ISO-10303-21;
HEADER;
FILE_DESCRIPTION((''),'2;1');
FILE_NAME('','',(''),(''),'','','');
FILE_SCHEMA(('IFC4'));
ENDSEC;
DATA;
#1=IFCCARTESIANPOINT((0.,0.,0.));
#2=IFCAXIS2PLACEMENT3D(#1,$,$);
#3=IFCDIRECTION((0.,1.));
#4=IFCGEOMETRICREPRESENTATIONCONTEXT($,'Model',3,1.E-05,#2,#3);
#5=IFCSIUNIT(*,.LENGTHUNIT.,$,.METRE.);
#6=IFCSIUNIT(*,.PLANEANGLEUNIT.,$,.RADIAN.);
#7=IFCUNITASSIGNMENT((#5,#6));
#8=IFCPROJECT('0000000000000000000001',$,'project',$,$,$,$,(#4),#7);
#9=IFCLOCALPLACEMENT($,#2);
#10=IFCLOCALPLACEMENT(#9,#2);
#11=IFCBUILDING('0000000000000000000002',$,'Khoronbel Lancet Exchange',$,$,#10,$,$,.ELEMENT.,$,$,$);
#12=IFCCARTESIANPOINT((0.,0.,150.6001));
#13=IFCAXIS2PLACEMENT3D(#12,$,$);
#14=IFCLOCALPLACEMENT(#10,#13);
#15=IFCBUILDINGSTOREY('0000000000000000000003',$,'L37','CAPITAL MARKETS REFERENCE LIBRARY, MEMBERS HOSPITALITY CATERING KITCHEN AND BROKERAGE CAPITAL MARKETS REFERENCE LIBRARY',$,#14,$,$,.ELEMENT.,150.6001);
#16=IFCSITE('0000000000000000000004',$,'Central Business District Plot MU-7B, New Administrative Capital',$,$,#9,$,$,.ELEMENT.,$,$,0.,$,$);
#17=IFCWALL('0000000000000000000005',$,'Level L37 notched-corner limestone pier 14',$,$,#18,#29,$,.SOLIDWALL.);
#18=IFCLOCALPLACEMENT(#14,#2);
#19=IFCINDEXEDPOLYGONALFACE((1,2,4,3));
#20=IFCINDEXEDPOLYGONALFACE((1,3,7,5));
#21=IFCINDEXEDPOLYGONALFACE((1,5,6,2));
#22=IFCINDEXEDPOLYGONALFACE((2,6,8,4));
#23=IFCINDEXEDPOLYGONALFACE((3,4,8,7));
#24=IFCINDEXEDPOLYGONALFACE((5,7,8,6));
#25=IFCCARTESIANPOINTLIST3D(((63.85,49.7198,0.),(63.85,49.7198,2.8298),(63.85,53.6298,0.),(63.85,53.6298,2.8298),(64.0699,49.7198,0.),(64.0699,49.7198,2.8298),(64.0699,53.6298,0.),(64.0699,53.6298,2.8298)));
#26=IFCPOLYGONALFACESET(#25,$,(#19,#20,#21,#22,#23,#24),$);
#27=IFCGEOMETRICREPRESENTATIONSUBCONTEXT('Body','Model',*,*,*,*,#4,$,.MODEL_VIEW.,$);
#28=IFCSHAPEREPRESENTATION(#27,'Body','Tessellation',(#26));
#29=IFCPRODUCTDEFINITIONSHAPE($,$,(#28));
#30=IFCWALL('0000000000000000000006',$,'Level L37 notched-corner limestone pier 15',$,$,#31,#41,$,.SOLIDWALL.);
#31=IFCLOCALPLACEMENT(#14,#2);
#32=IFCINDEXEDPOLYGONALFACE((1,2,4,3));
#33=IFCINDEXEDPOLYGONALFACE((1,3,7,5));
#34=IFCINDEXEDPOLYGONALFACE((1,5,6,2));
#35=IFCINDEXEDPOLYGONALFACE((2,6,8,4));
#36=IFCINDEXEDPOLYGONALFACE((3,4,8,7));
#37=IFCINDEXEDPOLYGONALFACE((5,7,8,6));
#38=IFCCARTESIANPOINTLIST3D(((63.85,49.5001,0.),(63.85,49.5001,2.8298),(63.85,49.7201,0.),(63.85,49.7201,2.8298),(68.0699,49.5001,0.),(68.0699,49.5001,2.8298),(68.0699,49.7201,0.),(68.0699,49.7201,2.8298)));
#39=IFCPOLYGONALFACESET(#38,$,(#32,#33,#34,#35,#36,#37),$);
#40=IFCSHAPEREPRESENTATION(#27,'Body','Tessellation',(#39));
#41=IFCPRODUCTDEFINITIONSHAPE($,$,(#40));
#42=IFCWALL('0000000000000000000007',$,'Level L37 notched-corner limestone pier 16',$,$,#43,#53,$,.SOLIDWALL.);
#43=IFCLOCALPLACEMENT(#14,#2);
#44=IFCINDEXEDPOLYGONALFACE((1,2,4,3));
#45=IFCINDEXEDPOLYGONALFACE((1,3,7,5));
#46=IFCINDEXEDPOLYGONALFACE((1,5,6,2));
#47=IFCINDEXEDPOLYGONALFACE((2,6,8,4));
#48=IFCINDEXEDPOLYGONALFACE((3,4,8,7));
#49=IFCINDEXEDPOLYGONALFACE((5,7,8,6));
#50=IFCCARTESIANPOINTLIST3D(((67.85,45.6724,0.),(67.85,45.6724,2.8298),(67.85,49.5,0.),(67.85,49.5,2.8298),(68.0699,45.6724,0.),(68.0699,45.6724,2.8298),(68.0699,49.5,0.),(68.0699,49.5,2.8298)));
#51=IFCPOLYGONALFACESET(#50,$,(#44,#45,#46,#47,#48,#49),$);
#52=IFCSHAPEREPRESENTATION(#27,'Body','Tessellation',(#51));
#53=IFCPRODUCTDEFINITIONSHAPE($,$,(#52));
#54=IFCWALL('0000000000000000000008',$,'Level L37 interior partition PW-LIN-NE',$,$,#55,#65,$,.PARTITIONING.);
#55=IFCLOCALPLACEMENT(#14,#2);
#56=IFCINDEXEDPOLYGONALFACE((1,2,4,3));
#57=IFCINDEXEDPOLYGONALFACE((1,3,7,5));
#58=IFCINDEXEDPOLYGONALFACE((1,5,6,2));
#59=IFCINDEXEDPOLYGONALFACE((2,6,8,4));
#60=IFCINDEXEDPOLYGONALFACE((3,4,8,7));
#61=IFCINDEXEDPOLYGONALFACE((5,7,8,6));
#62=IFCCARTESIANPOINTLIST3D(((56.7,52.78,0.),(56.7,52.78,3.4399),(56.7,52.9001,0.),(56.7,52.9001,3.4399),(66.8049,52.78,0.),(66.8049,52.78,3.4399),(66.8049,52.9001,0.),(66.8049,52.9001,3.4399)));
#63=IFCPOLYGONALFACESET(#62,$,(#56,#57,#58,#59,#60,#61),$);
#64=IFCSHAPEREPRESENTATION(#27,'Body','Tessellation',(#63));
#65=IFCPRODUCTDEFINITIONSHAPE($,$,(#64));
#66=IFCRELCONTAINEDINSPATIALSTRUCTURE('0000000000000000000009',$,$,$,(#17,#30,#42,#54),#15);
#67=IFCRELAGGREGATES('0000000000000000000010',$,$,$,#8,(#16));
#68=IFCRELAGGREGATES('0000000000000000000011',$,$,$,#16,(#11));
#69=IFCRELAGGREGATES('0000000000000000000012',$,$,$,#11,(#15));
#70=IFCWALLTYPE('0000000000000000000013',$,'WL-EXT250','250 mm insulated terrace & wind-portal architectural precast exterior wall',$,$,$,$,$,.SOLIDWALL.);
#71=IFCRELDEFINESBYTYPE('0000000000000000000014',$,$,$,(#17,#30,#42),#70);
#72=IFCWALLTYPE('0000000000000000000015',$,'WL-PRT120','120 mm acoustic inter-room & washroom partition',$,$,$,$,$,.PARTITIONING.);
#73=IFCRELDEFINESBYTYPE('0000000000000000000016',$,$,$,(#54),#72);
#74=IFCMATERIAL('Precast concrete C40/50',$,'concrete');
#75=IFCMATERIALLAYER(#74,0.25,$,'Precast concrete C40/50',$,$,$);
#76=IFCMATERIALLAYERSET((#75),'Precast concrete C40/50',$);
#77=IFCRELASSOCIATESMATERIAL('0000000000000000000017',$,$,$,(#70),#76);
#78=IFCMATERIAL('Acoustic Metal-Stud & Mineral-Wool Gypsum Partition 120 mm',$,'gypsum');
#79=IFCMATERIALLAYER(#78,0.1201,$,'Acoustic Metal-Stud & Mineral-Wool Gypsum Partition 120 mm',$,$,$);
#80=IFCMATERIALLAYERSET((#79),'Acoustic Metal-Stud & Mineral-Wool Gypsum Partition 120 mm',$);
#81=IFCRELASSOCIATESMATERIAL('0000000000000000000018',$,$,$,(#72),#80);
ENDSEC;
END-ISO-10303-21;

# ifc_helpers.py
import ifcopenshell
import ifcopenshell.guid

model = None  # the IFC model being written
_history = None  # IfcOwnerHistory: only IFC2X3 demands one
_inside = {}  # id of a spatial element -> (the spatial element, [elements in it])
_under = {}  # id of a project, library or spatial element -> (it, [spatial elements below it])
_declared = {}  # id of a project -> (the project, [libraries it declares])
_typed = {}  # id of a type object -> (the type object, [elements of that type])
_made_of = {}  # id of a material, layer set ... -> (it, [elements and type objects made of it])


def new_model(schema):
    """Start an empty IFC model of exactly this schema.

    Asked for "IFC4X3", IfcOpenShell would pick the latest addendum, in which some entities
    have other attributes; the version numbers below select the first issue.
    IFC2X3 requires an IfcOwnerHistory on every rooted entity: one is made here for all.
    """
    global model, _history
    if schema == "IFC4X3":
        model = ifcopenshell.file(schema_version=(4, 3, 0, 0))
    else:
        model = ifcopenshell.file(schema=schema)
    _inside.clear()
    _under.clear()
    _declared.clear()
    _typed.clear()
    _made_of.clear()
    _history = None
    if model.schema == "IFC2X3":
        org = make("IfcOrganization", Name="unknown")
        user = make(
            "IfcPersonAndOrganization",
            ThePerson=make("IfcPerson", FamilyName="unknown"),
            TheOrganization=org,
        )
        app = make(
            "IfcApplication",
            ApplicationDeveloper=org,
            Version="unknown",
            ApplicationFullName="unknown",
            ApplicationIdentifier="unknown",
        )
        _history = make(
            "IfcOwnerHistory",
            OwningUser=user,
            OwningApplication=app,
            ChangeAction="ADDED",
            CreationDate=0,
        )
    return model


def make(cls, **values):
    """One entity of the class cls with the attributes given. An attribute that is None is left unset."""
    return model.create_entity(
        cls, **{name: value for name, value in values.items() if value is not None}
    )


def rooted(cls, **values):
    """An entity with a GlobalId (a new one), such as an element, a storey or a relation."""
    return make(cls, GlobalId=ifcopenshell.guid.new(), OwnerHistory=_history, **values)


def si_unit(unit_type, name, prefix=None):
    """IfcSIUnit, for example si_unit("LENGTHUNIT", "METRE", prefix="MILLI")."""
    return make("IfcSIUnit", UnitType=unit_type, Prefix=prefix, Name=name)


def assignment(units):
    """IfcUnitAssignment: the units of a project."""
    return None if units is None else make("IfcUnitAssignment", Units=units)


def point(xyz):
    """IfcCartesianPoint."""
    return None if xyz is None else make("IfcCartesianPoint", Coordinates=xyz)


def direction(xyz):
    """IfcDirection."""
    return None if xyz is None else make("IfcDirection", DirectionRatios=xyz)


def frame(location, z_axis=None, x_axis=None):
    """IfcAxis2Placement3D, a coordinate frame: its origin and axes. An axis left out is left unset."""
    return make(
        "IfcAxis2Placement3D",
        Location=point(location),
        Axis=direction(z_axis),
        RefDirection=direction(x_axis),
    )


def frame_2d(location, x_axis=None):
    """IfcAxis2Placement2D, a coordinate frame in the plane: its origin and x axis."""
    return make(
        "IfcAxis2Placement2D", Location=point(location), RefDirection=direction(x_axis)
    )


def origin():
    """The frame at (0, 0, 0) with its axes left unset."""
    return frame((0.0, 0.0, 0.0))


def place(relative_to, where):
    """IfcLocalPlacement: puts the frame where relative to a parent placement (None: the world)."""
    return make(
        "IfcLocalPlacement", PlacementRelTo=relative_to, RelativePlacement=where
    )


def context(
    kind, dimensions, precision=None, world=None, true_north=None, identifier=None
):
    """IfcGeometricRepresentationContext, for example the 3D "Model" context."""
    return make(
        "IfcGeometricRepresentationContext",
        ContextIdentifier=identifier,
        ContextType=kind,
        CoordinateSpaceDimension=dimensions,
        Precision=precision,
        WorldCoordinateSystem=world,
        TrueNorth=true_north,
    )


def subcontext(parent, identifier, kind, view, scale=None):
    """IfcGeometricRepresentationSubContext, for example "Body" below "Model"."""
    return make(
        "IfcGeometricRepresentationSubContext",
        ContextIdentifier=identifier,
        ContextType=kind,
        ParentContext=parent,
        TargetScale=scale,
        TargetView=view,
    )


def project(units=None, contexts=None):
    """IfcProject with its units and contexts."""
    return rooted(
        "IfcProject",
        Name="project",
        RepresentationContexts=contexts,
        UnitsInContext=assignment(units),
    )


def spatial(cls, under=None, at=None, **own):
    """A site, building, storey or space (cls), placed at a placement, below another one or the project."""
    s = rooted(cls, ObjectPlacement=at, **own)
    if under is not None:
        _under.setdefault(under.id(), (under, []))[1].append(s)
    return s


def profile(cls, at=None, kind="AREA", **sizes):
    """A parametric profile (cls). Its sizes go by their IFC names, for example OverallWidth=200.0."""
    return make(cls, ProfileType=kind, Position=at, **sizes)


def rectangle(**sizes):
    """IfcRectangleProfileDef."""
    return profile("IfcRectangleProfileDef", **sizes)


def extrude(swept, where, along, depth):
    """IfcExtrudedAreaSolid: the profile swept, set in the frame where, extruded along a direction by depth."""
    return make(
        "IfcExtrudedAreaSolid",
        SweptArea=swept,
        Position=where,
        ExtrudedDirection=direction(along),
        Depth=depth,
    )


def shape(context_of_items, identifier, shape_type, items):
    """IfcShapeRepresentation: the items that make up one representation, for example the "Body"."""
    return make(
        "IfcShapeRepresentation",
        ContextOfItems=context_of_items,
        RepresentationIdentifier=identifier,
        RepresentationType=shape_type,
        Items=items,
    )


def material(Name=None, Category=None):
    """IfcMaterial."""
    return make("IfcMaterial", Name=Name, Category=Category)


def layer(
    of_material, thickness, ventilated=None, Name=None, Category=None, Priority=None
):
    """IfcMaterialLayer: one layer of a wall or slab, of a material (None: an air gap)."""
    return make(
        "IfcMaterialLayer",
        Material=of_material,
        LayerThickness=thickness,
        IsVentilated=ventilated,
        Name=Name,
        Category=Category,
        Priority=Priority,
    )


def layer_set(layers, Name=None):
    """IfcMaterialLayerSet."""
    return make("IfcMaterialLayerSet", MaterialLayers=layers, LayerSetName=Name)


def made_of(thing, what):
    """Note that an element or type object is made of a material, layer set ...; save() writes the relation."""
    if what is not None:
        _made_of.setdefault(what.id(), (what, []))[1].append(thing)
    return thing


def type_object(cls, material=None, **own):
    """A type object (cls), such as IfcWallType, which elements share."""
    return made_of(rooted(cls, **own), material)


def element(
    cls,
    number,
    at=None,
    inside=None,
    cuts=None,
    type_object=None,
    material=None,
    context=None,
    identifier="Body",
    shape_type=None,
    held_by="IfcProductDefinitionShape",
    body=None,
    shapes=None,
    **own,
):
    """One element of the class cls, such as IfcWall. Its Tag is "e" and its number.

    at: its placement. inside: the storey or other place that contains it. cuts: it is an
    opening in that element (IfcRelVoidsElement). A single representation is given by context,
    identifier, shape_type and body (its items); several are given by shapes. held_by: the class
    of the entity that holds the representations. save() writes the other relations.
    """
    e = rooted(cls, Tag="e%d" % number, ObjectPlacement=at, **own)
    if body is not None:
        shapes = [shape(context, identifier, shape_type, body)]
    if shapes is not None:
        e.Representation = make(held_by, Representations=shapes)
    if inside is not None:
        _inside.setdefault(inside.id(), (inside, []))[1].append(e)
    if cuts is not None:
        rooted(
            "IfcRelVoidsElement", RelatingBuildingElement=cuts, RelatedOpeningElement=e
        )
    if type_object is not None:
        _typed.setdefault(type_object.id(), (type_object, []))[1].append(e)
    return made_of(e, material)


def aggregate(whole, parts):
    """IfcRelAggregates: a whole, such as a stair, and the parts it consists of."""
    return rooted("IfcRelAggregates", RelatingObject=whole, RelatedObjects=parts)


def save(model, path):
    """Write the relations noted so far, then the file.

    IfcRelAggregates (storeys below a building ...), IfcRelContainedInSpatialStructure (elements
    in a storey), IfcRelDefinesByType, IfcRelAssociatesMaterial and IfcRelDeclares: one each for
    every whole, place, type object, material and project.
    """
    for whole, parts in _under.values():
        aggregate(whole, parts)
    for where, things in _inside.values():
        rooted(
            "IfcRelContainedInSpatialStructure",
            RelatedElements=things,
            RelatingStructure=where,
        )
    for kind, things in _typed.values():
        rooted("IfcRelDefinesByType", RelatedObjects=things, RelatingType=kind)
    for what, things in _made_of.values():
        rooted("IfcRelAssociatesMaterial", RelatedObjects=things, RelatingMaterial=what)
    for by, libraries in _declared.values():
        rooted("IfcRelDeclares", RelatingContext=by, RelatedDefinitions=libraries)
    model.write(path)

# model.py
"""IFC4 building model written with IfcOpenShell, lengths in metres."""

from ifc_helpers import new_model, si_unit, direction, frame, frame_2d, origin, place, context, subcontext, project, spatial, rectangle, extrude, material, layer, layer_set, type_object, element, save


model = new_model("IFC4")

# Units and contexts
model_context = context("Model", 3, precision=1e-05, world=origin(), true_north=direction((0.0, 1.0)))
body_context = subcontext(model_context, "Body", "Model", "MODEL_VIEW")
ifc_project = project(units=[si_unit("LENGTHUNIT", "METRE"), si_unit("PLANEANGLEUNIT", "RADIAN")], contexts=[model_context])

# Site, building, storey
site_placement = place(None, origin())
site = spatial("IfcSite", under=ifc_project, at=site_placement, Name="Central Business District Plot MU-7B, New Administrative Capital", CompositionType="ELEMENT", RefElevation=0.0)
building_placement = place(site_placement, origin())
building = spatial("IfcBuilding", under=site, at=building_placement, Name="Khoronbel Lancet Exchange", CompositionType="ELEMENT")
storey_placement = place(building_placement, frame((0.0, 0.0, 150.6001)))
storey = spatial("IfcBuildingStorey", under=building, at=storey_placement, Name="L37", Description="CAPITAL MARKETS REFERENCE LIBRARY, MEMBERS HOSPITALITY CATERING KITCHEN AND BROKERAGE CAPITAL MARKETS REFERENCE LIBRARY", CompositionType="ELEMENT", Elevation=150.6001)

# Walls
ifc_material_1 = material(Name="Precast concrete C40/50", Category="concrete")
ifc_layer_1 = layer(ifc_material_1, 0.25, Name="Precast concrete C40/50")
ifc_layer_set_1 = layer_set([ifc_layer_1], Name="Precast concrete C40/50")
wall_type_1 = type_object("IfcWallType", Name="WL-EXT250", Description="250 mm insulated terrace & wind-portal architectural precast exterior wall", PredefinedType="SOLIDWALL", material=ifc_layer_set_1)
wall_1_placement = place(storey_placement, frame((63.96, 53.6299, 0.0), z_axis=(0.0, 0.0, 1.0), x_axis=(0.0, -1.0, 0.0)))
element("IfcWall", 1, at=wall_1_placement, inside=storey, type_object=wall_type_1, Name="Level L37 notched-corner limestone pier 14", PredefinedType="SOLIDWALL", context=body_context, shape_type="SweptSolid", body=[
    extrude(rectangle(XDim=3.9099, YDim=0.22, at=frame_2d((1.9551, 0.0))), origin(), (0.0, 0.0, 1.0), 2.8298),
])
wall_2_placement = place(storey_placement, frame((63.8501, 49.6101, 0.0), z_axis=(0.0, 0.0, 1.0), x_axis=(1.0, 0.0, 0.0)))
element("IfcWall", 2, at=wall_2_placement, inside=storey, type_object=wall_type_1, Name="Level L37 notched-corner limestone pier 15", PredefinedType="SOLIDWALL", context=body_context, shape_type="SweptSolid", body=[
    extrude(rectangle(XDim=4.22, YDim=0.22, at=frame_2d((2.1099, 0.0))), origin(), (0.0, 0.0, 1.0), 2.8298),
])
wall_3_placement = place(storey_placement, frame((67.96, 49.5, 0.0), z_axis=(0.0, 0.0, 1.0), x_axis=(0.0, -1.0, 0.0)))
element("IfcWall", 3, at=wall_3_placement, inside=storey, type_object=wall_type_1, Name="Level L37 notched-corner limestone pier 16", PredefinedType="SOLIDWALL", context=body_context, shape_type="SweptSolid", body=[
    extrude(rectangle(XDim=3.8276, YDim=0.22, at=frame_2d((1.9138, 0.0))), origin(), (0.0, 0.0, 1.0), 2.8298),
])
ifc_material_2 = material(Name="Acoustic Metal-Stud & Mineral-Wool Gypsum Partition 120 mm", Category="gypsum")
ifc_layer_2 = layer(ifc_material_2, 0.1201, Name="Acoustic Metal-Stud & Mineral-Wool Gypsum Partition 120 mm")
ifc_layer_set_2 = layer_set([ifc_layer_2], Name="Acoustic Metal-Stud & Mineral-Wool Gypsum Partition 120 mm")
wall_type_2 = type_object("IfcWallType", Name="WL-PRT120", Description="120 mm acoustic inter-room & washroom partition", PredefinedType="PARTITIONING", material=ifc_layer_set_2)
wall_4_placement = place(storey_placement, frame((56.7, 52.8401, 0.0), z_axis=(0.0, 0.0, 1.0), x_axis=(1.0, 0.0, 0.0)))
element("IfcWall", 4, at=wall_4_placement, inside=storey, type_object=wall_type_2, Name="Level L37 interior partition PW-LIN-NE", PredefinedType="PARTITIONING", context=body_context, shape_type="SweptSolid", body=[
    extrude(rectangle(XDim=10.105, YDim=0.1201, at=frame_2d((5.0525, 0.0))), origin(), (0.0, 0.0, 1.0), 3.4399),
])

save(model, "model.ifc")
